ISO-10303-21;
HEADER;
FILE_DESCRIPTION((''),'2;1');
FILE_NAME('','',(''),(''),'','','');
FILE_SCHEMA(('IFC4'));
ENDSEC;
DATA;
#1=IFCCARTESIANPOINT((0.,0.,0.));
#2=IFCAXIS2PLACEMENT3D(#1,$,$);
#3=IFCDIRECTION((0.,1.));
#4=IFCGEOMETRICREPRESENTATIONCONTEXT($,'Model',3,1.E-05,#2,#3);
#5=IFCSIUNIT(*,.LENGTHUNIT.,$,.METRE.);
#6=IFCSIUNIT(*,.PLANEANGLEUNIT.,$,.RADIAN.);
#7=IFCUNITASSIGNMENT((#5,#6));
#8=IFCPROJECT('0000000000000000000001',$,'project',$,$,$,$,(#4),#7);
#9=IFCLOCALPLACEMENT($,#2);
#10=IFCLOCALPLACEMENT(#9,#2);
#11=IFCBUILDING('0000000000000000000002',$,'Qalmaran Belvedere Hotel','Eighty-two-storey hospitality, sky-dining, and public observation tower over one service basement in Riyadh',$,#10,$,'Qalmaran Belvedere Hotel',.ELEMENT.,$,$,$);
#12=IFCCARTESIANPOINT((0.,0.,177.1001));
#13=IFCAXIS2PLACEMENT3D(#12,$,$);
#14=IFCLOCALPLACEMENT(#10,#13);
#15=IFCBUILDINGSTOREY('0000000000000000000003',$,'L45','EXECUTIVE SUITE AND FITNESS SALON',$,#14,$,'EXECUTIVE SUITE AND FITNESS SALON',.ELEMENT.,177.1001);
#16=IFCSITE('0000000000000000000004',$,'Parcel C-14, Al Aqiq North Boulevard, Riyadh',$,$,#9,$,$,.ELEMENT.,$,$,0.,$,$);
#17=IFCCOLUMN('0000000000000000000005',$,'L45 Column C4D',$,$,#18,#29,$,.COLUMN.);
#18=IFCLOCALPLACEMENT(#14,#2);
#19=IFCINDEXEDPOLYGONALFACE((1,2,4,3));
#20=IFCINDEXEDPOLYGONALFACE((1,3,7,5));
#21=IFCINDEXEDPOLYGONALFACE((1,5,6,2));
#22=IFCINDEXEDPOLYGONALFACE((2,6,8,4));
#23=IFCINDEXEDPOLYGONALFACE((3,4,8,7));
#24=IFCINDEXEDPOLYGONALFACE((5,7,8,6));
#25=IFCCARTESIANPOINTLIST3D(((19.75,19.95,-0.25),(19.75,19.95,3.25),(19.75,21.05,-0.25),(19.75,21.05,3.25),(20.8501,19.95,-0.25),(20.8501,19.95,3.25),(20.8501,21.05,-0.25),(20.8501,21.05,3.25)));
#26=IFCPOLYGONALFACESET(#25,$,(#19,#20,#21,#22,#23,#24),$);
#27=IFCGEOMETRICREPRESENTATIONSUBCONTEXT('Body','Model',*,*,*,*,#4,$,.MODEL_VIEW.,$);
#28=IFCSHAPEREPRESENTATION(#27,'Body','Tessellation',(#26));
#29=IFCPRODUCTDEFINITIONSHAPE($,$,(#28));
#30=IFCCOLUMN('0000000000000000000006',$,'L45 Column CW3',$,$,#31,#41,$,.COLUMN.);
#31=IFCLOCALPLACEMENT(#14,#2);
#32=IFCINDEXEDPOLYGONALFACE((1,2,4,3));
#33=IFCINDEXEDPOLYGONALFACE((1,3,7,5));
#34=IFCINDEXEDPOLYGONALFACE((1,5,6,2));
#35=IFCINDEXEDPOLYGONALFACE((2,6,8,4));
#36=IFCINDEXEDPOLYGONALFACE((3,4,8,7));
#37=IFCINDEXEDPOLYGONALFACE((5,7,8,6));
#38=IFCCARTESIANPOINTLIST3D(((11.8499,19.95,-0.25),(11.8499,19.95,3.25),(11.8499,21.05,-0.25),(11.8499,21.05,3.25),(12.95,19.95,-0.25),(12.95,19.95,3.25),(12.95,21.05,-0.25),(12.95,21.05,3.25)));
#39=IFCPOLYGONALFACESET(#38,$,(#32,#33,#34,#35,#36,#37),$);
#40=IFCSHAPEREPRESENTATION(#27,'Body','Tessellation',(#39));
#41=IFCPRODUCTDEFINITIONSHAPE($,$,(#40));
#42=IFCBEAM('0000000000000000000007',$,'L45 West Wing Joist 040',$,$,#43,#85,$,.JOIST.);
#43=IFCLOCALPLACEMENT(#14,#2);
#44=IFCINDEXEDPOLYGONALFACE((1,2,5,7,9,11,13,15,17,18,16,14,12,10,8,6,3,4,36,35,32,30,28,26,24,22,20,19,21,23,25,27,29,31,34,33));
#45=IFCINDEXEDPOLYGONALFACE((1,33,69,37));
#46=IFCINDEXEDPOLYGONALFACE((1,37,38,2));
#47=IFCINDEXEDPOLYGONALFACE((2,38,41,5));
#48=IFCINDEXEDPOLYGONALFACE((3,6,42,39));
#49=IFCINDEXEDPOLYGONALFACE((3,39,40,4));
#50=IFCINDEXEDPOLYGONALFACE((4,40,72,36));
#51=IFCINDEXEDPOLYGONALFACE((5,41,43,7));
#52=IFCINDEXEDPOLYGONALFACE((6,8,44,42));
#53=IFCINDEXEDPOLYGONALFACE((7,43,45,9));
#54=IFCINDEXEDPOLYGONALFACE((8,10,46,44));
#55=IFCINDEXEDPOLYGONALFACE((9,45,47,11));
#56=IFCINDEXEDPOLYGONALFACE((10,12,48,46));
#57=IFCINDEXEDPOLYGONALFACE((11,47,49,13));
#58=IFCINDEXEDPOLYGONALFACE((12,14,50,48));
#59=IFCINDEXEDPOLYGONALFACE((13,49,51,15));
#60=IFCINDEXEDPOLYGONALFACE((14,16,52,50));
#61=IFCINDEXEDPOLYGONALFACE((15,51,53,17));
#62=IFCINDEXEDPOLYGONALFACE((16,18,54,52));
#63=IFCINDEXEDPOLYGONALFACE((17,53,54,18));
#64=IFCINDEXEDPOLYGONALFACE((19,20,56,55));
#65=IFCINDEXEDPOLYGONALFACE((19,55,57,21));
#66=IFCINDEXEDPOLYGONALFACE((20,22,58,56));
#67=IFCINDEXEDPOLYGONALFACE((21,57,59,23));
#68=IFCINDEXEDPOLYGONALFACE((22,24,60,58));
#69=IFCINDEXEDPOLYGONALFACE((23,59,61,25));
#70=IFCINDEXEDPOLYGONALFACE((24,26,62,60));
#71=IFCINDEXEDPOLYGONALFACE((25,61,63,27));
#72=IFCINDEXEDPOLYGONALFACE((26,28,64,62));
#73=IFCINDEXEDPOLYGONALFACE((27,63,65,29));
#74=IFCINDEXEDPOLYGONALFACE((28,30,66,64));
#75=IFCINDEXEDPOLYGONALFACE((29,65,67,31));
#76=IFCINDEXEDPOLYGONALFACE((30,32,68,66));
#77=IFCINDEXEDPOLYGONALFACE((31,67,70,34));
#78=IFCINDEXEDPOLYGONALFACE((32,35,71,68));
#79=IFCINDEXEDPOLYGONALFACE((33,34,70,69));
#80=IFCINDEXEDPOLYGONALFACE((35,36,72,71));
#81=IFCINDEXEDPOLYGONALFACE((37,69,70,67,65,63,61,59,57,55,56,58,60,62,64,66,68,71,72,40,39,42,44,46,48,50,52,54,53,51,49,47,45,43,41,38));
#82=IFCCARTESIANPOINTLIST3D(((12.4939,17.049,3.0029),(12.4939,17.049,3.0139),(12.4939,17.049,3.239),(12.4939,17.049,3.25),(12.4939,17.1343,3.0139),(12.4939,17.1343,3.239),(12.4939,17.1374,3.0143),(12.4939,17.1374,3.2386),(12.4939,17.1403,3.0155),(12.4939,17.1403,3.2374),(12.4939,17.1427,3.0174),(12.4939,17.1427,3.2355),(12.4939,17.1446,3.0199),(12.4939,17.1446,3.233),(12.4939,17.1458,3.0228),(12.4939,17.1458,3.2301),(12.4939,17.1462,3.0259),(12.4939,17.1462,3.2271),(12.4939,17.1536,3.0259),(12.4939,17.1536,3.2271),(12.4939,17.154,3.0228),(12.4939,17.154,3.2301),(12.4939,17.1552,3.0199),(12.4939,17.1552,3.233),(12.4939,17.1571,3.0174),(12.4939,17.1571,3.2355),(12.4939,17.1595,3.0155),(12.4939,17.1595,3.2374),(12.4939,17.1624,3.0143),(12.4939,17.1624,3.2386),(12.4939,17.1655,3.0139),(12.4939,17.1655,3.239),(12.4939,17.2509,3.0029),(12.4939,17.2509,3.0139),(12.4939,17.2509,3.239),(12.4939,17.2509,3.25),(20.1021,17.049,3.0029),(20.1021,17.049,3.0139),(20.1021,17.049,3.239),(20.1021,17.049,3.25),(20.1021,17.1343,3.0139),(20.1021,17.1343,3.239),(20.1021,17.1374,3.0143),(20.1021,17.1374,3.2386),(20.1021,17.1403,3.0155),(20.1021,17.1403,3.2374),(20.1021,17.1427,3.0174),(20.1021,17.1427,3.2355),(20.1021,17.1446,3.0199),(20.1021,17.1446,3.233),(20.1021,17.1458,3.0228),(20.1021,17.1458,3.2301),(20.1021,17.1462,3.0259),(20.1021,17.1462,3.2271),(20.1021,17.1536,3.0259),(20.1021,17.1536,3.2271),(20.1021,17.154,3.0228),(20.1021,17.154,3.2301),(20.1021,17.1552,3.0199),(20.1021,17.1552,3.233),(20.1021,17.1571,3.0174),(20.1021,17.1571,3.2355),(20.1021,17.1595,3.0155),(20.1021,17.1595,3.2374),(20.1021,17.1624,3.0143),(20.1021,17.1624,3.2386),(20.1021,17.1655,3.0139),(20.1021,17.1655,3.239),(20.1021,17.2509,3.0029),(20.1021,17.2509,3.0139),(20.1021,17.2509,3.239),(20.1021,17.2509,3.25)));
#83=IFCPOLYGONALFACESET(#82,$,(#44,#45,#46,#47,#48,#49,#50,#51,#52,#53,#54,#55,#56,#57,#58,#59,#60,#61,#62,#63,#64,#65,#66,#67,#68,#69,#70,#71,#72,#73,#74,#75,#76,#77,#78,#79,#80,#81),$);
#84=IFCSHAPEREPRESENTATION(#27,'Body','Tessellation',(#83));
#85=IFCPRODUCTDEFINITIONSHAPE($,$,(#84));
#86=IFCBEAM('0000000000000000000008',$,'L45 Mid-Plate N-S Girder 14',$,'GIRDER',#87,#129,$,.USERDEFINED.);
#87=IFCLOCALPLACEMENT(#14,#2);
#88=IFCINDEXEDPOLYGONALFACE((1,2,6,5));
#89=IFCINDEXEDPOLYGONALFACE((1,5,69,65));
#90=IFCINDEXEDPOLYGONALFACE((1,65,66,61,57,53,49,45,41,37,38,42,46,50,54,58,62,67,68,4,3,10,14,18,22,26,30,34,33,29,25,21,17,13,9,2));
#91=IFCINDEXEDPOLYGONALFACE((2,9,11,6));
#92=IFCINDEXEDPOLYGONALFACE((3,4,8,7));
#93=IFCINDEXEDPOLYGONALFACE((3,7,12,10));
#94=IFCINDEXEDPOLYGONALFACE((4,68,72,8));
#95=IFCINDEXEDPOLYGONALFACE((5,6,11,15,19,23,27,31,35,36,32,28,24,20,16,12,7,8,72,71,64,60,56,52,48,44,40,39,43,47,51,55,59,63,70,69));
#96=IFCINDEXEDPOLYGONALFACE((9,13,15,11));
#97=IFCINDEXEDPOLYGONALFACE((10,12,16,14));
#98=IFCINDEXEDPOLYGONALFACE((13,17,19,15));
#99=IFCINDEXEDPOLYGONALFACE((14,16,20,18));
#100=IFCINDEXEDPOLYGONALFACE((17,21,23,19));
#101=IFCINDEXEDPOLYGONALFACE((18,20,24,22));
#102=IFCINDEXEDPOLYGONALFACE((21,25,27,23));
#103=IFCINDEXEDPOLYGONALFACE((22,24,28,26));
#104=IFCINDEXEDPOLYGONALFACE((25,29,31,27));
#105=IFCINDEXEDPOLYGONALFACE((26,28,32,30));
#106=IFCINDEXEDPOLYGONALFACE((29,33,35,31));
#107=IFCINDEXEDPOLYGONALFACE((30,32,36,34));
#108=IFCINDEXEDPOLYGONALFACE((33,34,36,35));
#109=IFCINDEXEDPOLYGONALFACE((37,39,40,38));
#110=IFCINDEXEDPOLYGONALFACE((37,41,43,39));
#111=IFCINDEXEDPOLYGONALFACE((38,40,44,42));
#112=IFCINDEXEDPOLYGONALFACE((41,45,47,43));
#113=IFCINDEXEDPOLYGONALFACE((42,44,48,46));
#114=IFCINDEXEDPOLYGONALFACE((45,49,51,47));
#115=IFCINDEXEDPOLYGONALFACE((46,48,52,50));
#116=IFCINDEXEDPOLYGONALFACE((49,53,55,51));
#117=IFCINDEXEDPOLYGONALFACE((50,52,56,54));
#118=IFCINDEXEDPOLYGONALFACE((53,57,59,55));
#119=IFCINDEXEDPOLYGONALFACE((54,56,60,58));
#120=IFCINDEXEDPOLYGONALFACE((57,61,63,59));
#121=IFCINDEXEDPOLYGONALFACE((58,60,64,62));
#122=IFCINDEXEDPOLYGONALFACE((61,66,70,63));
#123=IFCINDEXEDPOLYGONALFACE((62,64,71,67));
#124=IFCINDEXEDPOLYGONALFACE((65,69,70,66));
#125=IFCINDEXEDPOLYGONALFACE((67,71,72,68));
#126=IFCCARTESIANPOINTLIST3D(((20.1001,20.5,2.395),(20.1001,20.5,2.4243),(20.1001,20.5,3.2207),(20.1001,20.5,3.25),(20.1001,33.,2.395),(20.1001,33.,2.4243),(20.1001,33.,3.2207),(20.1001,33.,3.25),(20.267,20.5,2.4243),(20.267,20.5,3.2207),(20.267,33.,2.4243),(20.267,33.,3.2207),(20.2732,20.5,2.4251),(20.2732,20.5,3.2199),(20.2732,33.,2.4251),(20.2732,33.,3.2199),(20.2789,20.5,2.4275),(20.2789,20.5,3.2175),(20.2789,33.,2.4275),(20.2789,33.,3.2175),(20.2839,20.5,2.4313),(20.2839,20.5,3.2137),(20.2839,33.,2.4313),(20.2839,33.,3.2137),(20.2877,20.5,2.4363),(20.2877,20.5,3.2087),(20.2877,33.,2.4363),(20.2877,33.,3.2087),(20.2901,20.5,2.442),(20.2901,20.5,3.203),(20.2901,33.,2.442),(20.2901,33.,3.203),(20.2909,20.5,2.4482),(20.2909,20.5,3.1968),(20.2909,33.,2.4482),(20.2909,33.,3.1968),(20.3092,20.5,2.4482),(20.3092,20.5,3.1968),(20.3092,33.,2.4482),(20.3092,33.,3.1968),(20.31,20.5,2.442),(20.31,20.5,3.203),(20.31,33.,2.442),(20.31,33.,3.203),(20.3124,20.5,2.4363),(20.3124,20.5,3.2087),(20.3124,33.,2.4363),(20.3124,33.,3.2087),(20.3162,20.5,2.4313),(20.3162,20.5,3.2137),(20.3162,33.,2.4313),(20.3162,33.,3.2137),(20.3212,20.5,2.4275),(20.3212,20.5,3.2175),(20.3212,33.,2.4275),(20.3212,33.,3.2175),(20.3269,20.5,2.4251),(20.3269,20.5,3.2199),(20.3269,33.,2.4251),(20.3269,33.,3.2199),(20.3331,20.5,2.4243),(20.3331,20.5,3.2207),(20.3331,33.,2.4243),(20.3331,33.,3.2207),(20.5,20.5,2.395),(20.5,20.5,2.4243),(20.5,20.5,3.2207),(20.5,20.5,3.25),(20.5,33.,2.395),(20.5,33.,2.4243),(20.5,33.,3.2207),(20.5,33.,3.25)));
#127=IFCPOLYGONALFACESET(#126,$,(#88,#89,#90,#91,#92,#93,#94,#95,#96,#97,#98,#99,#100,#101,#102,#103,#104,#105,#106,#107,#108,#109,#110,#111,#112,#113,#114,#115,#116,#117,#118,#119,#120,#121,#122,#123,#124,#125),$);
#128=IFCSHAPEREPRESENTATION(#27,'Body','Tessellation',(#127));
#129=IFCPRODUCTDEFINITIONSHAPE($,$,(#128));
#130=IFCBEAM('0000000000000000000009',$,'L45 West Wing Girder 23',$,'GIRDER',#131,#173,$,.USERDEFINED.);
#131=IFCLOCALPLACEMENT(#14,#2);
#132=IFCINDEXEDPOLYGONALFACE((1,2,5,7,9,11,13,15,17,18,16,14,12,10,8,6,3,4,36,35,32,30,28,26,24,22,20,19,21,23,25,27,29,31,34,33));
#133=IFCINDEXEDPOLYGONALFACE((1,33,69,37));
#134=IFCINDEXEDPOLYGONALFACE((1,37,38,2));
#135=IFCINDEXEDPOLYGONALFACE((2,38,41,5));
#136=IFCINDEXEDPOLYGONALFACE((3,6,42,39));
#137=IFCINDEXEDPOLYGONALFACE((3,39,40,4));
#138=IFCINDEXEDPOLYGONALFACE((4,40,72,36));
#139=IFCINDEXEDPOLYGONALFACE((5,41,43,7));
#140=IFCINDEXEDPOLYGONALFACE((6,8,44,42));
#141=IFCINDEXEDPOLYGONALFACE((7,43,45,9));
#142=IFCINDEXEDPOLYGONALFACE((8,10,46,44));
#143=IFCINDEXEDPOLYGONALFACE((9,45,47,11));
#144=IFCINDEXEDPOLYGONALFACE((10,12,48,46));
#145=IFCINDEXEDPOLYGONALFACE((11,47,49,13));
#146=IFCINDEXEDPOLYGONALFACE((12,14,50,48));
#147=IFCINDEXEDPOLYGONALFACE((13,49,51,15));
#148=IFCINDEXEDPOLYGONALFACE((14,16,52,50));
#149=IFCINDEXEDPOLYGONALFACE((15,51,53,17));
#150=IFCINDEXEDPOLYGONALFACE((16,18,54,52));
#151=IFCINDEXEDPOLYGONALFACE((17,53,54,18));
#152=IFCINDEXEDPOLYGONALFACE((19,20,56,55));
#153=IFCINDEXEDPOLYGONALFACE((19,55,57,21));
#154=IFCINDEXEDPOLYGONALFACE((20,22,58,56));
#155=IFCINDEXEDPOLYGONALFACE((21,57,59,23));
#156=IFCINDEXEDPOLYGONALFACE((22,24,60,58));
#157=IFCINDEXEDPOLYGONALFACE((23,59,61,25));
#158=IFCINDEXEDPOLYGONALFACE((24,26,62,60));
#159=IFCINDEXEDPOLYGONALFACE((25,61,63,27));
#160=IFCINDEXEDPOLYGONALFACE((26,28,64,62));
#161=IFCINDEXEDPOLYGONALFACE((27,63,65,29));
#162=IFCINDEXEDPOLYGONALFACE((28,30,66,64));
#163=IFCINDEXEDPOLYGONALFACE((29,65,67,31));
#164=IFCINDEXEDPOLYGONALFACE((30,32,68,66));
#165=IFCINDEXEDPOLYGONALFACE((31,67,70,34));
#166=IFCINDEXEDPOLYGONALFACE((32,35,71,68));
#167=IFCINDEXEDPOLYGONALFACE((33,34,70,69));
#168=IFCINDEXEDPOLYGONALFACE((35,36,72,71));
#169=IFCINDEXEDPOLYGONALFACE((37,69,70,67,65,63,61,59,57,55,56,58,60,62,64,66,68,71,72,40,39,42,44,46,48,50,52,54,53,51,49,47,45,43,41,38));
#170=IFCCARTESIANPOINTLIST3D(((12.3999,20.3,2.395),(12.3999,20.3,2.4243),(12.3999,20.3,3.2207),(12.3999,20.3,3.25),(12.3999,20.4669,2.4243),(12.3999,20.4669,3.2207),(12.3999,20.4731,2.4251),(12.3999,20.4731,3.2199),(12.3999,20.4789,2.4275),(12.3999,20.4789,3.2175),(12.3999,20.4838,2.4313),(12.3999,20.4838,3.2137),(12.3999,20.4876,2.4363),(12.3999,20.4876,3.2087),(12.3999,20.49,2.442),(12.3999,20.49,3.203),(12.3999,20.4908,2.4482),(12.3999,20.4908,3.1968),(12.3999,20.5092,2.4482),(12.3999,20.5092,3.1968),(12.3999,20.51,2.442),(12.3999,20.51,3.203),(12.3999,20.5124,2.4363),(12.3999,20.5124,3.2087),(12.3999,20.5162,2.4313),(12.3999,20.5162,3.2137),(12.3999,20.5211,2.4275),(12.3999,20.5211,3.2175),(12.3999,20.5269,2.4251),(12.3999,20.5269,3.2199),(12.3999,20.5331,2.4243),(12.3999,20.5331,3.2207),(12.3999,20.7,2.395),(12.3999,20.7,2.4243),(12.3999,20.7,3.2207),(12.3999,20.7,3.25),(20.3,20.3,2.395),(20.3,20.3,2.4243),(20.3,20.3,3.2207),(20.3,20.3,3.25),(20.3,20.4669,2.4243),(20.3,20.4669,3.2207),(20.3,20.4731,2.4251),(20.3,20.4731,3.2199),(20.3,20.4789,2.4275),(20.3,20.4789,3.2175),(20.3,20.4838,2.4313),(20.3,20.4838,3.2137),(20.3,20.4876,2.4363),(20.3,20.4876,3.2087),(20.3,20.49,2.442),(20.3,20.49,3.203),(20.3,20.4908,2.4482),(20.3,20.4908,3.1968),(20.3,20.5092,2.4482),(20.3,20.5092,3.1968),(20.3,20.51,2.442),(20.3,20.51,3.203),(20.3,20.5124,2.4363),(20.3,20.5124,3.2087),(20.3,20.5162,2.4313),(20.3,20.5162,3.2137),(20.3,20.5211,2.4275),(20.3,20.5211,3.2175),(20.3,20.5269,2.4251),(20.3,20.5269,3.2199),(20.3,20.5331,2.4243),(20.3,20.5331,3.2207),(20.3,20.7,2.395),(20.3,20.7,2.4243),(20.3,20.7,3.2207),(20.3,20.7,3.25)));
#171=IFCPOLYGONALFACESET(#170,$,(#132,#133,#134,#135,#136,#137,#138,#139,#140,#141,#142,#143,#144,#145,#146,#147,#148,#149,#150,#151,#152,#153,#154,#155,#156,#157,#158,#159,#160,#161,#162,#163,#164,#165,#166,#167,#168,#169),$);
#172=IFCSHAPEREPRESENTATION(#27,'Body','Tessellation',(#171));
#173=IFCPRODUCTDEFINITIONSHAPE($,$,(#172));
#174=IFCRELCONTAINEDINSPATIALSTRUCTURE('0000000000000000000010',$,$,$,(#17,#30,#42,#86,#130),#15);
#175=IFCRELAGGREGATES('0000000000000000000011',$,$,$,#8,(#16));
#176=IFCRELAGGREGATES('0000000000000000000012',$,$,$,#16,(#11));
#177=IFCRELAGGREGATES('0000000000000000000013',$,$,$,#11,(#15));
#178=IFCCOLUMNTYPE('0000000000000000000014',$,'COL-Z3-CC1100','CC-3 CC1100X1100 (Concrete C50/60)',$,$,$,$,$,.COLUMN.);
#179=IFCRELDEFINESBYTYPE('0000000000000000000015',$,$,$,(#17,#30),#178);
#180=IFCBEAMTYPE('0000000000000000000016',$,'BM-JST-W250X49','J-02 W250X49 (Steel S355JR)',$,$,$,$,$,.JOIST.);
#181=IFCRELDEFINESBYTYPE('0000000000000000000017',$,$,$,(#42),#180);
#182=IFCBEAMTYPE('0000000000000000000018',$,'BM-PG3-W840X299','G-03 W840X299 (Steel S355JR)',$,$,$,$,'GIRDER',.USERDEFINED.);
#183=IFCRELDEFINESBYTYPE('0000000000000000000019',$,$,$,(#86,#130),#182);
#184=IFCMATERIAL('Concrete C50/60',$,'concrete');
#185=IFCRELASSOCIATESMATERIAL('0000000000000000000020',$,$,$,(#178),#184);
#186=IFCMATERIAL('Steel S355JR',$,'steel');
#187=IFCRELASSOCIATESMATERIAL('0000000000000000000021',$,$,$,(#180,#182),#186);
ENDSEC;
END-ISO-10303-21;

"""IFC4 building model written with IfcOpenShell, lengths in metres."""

from ifc_helpers import new_model, si_unit, direction, frame, origin, origin_2d, place, context, subcontext, project, spatial, rectangle, i_section, extrude, material, material_profile, profile_set, type_object, element, save


model = new_model("IFC4")

# Units and contexts
model_context = context("Model", 3, precision=1e-05, world=origin(), true_north=direction((0.0, 1.0)))
body_context = subcontext(model_context, "Body", "Model", "MODEL_VIEW")
ifc_project = project(units=[si_unit("LENGTHUNIT", "METRE"), si_unit("PLANEANGLEUNIT", "RADIAN")], contexts=[model_context])

# Site, building, storey
site_placement = place(None, origin())
site = spatial("IfcSite", under=ifc_project, at=site_placement, Name="Parcel C-14, Al Aqiq North Boulevard, Riyadh", CompositionType="ELEMENT", RefElevation=0.0)
building_placement = place(site_placement, origin())
building = spatial("IfcBuilding", under=site, at=building_placement, Name="Qalmaran Belvedere Hotel", Description="Eighty-two-storey hospitality, sky-dining, and public observation tower over one service basement in Riyadh", LongName="Qalmaran Belvedere Hotel", CompositionType="ELEMENT")
storey_placement = place(building_placement, frame((0.0, 0.0, 177.1001)))
storey = spatial("IfcBuildingStorey", under=building, at=storey_placement, Name="L45", Description="EXECUTIVE SUITE AND FITNESS SALON", LongName="EXECUTIVE SUITE AND FITNESS SALON", CompositionType="ELEMENT", Elevation=177.1001)

# Columns
ifc_material_1 = material(Name="Concrete C50/60", Category="concrete")
ifc_material_profile_1 = material_profile(ifc_material_1, rectangle(XDim=1.1001, YDim=1.1001, at=origin_2d()), Name="CC1100X1100")
ifc_profile_set_1 = profile_set([ifc_material_profile_1], Name="Concrete C50/60")
column_type = type_object("IfcColumnType", Name="COL-Z3-CC1100", Description="CC-3 CC1100X1100 (Concrete C50/60)", PredefinedType="COLUMN", material=ifc_profile_set_1)
for number, where, z_axis, x_axis, name in (
    (1, (20.3, 20.5, -0.25), (0.0, 0.0, 1.0), (1.0, 0.0, 0.0), "L45 Column C4D"),
    (2, (12.3999, 20.5, -0.25), (0.0, 0.0, 1.0), (1.0, 0.0, 0.0), "L45 Column CW3"),
):
    element("IfcColumn", number, at=place(storey_placement, frame(where, z_axis=z_axis, x_axis=x_axis)), inside=storey, type_object=column_type, Name=name, PredefinedType="COLUMN", context=body_context, shape_type="SweptSolid", body=[
        extrude(rectangle(XDim=1.1001, YDim=1.1001, at=origin_2d()), origin(), (0.0, 0.0, 1.0), 3.5),
    ])

# Beams
ifc_material_2 = material(Name="Steel S355JR", Category="steel")
ifc_material_profile_2 = material_profile(ifc_material_2, i_section(OverallWidth=0.2019, OverallDepth=0.2471, WebThickness=0.0073, FlangeThickness=0.011, FilletRadius=0.012, at=origin_2d()), Name="W250X49")
ifc_profile_set_2 = profile_set([ifc_material_profile_2], Name="Steel S355JR")
beam_type_1 = type_object("IfcBeamType", Name="BM-JST-W250X49", Description="J-02 W250X49 (Steel S355JR)", PredefinedType="JOIST", material=ifc_profile_set_2)
beam_1_placement = place(storey_placement, frame((12.4939, 17.1499, 3.1265), z_axis=(1.0, 0.0, 0.0), x_axis=(0.0, 1.0, 0.0)))
element("IfcBeam", 3, at=beam_1_placement, inside=storey, type_object=beam_type_1, Name="L45 West Wing Joist 040", PredefinedType="JOIST", context=body_context, shape_type="SweptSolid", body=[
    extrude(i_section(OverallWidth=0.2019, OverallDepth=0.2471, WebThickness=0.0073, FlangeThickness=0.011, FilletRadius=0.012, at=origin_2d()), origin(), (0.0, 0.0, 1.0), 7.6082),
])
ifc_material_profile_3 = material_profile(ifc_material_2, i_section(OverallWidth=0.3999, OverallDepth=0.855, WebThickness=0.0183, FlangeThickness=0.0293, FilletRadius=0.0239, at=origin_2d()), Name="W840X299")
ifc_profile_set_3 = profile_set([ifc_material_profile_3], Name="Steel S355JR")
beam_type_2 = type_object("IfcBeamType", Name="BM-PG3-W840X299", Description="G-03 W840X299 (Steel S355JR)", ElementType="GIRDER", PredefinedType="USERDEFINED", material=ifc_profile_set_3)
beam_2_placement = place(storey_placement, frame((20.3, 20.5, 2.8225), z_axis=(0.0, 1.0, 0.0), x_axis=(-1.0, 0.0, 0.0)))
element("IfcBeam", 4, at=beam_2_placement, inside=storey, type_object=beam_type_2, Name="L45 Mid-Plate N-S Girder 14", ObjectType="GIRDER", PredefinedType="USERDEFINED", context=body_context, shape_type="SweptSolid", body=[
    extrude(i_section(OverallWidth=0.3999, OverallDepth=0.855, WebThickness=0.0183, FlangeThickness=0.0293, FilletRadius=0.0239, at=origin_2d()), origin(), (0.0, 0.0, 1.0), 12.5),
])
beam_3_placement = place(storey_placement, frame((12.3999, 20.5, 2.8225), z_axis=(1.0, 0.0, 0.0), x_axis=(0.0, 1.0, 0.0)))
element("IfcBeam", 5, at=beam_3_placement, inside=storey, type_object=beam_type_2, Name="L45 West Wing Girder 23", ObjectType="GIRDER", PredefinedType="USERDEFINED", context=body_context, shape_type="SweptSolid", body=[
    extrude(i_section(OverallWidth=0.3999, OverallDepth=0.855, WebThickness=0.0183, FlangeThickness=0.0293, FilletRadius=0.0239, at=origin_2d()), origin(), (0.0, 0.0, 1.0), 7.9001),
])

save(model, "model.ifc")
